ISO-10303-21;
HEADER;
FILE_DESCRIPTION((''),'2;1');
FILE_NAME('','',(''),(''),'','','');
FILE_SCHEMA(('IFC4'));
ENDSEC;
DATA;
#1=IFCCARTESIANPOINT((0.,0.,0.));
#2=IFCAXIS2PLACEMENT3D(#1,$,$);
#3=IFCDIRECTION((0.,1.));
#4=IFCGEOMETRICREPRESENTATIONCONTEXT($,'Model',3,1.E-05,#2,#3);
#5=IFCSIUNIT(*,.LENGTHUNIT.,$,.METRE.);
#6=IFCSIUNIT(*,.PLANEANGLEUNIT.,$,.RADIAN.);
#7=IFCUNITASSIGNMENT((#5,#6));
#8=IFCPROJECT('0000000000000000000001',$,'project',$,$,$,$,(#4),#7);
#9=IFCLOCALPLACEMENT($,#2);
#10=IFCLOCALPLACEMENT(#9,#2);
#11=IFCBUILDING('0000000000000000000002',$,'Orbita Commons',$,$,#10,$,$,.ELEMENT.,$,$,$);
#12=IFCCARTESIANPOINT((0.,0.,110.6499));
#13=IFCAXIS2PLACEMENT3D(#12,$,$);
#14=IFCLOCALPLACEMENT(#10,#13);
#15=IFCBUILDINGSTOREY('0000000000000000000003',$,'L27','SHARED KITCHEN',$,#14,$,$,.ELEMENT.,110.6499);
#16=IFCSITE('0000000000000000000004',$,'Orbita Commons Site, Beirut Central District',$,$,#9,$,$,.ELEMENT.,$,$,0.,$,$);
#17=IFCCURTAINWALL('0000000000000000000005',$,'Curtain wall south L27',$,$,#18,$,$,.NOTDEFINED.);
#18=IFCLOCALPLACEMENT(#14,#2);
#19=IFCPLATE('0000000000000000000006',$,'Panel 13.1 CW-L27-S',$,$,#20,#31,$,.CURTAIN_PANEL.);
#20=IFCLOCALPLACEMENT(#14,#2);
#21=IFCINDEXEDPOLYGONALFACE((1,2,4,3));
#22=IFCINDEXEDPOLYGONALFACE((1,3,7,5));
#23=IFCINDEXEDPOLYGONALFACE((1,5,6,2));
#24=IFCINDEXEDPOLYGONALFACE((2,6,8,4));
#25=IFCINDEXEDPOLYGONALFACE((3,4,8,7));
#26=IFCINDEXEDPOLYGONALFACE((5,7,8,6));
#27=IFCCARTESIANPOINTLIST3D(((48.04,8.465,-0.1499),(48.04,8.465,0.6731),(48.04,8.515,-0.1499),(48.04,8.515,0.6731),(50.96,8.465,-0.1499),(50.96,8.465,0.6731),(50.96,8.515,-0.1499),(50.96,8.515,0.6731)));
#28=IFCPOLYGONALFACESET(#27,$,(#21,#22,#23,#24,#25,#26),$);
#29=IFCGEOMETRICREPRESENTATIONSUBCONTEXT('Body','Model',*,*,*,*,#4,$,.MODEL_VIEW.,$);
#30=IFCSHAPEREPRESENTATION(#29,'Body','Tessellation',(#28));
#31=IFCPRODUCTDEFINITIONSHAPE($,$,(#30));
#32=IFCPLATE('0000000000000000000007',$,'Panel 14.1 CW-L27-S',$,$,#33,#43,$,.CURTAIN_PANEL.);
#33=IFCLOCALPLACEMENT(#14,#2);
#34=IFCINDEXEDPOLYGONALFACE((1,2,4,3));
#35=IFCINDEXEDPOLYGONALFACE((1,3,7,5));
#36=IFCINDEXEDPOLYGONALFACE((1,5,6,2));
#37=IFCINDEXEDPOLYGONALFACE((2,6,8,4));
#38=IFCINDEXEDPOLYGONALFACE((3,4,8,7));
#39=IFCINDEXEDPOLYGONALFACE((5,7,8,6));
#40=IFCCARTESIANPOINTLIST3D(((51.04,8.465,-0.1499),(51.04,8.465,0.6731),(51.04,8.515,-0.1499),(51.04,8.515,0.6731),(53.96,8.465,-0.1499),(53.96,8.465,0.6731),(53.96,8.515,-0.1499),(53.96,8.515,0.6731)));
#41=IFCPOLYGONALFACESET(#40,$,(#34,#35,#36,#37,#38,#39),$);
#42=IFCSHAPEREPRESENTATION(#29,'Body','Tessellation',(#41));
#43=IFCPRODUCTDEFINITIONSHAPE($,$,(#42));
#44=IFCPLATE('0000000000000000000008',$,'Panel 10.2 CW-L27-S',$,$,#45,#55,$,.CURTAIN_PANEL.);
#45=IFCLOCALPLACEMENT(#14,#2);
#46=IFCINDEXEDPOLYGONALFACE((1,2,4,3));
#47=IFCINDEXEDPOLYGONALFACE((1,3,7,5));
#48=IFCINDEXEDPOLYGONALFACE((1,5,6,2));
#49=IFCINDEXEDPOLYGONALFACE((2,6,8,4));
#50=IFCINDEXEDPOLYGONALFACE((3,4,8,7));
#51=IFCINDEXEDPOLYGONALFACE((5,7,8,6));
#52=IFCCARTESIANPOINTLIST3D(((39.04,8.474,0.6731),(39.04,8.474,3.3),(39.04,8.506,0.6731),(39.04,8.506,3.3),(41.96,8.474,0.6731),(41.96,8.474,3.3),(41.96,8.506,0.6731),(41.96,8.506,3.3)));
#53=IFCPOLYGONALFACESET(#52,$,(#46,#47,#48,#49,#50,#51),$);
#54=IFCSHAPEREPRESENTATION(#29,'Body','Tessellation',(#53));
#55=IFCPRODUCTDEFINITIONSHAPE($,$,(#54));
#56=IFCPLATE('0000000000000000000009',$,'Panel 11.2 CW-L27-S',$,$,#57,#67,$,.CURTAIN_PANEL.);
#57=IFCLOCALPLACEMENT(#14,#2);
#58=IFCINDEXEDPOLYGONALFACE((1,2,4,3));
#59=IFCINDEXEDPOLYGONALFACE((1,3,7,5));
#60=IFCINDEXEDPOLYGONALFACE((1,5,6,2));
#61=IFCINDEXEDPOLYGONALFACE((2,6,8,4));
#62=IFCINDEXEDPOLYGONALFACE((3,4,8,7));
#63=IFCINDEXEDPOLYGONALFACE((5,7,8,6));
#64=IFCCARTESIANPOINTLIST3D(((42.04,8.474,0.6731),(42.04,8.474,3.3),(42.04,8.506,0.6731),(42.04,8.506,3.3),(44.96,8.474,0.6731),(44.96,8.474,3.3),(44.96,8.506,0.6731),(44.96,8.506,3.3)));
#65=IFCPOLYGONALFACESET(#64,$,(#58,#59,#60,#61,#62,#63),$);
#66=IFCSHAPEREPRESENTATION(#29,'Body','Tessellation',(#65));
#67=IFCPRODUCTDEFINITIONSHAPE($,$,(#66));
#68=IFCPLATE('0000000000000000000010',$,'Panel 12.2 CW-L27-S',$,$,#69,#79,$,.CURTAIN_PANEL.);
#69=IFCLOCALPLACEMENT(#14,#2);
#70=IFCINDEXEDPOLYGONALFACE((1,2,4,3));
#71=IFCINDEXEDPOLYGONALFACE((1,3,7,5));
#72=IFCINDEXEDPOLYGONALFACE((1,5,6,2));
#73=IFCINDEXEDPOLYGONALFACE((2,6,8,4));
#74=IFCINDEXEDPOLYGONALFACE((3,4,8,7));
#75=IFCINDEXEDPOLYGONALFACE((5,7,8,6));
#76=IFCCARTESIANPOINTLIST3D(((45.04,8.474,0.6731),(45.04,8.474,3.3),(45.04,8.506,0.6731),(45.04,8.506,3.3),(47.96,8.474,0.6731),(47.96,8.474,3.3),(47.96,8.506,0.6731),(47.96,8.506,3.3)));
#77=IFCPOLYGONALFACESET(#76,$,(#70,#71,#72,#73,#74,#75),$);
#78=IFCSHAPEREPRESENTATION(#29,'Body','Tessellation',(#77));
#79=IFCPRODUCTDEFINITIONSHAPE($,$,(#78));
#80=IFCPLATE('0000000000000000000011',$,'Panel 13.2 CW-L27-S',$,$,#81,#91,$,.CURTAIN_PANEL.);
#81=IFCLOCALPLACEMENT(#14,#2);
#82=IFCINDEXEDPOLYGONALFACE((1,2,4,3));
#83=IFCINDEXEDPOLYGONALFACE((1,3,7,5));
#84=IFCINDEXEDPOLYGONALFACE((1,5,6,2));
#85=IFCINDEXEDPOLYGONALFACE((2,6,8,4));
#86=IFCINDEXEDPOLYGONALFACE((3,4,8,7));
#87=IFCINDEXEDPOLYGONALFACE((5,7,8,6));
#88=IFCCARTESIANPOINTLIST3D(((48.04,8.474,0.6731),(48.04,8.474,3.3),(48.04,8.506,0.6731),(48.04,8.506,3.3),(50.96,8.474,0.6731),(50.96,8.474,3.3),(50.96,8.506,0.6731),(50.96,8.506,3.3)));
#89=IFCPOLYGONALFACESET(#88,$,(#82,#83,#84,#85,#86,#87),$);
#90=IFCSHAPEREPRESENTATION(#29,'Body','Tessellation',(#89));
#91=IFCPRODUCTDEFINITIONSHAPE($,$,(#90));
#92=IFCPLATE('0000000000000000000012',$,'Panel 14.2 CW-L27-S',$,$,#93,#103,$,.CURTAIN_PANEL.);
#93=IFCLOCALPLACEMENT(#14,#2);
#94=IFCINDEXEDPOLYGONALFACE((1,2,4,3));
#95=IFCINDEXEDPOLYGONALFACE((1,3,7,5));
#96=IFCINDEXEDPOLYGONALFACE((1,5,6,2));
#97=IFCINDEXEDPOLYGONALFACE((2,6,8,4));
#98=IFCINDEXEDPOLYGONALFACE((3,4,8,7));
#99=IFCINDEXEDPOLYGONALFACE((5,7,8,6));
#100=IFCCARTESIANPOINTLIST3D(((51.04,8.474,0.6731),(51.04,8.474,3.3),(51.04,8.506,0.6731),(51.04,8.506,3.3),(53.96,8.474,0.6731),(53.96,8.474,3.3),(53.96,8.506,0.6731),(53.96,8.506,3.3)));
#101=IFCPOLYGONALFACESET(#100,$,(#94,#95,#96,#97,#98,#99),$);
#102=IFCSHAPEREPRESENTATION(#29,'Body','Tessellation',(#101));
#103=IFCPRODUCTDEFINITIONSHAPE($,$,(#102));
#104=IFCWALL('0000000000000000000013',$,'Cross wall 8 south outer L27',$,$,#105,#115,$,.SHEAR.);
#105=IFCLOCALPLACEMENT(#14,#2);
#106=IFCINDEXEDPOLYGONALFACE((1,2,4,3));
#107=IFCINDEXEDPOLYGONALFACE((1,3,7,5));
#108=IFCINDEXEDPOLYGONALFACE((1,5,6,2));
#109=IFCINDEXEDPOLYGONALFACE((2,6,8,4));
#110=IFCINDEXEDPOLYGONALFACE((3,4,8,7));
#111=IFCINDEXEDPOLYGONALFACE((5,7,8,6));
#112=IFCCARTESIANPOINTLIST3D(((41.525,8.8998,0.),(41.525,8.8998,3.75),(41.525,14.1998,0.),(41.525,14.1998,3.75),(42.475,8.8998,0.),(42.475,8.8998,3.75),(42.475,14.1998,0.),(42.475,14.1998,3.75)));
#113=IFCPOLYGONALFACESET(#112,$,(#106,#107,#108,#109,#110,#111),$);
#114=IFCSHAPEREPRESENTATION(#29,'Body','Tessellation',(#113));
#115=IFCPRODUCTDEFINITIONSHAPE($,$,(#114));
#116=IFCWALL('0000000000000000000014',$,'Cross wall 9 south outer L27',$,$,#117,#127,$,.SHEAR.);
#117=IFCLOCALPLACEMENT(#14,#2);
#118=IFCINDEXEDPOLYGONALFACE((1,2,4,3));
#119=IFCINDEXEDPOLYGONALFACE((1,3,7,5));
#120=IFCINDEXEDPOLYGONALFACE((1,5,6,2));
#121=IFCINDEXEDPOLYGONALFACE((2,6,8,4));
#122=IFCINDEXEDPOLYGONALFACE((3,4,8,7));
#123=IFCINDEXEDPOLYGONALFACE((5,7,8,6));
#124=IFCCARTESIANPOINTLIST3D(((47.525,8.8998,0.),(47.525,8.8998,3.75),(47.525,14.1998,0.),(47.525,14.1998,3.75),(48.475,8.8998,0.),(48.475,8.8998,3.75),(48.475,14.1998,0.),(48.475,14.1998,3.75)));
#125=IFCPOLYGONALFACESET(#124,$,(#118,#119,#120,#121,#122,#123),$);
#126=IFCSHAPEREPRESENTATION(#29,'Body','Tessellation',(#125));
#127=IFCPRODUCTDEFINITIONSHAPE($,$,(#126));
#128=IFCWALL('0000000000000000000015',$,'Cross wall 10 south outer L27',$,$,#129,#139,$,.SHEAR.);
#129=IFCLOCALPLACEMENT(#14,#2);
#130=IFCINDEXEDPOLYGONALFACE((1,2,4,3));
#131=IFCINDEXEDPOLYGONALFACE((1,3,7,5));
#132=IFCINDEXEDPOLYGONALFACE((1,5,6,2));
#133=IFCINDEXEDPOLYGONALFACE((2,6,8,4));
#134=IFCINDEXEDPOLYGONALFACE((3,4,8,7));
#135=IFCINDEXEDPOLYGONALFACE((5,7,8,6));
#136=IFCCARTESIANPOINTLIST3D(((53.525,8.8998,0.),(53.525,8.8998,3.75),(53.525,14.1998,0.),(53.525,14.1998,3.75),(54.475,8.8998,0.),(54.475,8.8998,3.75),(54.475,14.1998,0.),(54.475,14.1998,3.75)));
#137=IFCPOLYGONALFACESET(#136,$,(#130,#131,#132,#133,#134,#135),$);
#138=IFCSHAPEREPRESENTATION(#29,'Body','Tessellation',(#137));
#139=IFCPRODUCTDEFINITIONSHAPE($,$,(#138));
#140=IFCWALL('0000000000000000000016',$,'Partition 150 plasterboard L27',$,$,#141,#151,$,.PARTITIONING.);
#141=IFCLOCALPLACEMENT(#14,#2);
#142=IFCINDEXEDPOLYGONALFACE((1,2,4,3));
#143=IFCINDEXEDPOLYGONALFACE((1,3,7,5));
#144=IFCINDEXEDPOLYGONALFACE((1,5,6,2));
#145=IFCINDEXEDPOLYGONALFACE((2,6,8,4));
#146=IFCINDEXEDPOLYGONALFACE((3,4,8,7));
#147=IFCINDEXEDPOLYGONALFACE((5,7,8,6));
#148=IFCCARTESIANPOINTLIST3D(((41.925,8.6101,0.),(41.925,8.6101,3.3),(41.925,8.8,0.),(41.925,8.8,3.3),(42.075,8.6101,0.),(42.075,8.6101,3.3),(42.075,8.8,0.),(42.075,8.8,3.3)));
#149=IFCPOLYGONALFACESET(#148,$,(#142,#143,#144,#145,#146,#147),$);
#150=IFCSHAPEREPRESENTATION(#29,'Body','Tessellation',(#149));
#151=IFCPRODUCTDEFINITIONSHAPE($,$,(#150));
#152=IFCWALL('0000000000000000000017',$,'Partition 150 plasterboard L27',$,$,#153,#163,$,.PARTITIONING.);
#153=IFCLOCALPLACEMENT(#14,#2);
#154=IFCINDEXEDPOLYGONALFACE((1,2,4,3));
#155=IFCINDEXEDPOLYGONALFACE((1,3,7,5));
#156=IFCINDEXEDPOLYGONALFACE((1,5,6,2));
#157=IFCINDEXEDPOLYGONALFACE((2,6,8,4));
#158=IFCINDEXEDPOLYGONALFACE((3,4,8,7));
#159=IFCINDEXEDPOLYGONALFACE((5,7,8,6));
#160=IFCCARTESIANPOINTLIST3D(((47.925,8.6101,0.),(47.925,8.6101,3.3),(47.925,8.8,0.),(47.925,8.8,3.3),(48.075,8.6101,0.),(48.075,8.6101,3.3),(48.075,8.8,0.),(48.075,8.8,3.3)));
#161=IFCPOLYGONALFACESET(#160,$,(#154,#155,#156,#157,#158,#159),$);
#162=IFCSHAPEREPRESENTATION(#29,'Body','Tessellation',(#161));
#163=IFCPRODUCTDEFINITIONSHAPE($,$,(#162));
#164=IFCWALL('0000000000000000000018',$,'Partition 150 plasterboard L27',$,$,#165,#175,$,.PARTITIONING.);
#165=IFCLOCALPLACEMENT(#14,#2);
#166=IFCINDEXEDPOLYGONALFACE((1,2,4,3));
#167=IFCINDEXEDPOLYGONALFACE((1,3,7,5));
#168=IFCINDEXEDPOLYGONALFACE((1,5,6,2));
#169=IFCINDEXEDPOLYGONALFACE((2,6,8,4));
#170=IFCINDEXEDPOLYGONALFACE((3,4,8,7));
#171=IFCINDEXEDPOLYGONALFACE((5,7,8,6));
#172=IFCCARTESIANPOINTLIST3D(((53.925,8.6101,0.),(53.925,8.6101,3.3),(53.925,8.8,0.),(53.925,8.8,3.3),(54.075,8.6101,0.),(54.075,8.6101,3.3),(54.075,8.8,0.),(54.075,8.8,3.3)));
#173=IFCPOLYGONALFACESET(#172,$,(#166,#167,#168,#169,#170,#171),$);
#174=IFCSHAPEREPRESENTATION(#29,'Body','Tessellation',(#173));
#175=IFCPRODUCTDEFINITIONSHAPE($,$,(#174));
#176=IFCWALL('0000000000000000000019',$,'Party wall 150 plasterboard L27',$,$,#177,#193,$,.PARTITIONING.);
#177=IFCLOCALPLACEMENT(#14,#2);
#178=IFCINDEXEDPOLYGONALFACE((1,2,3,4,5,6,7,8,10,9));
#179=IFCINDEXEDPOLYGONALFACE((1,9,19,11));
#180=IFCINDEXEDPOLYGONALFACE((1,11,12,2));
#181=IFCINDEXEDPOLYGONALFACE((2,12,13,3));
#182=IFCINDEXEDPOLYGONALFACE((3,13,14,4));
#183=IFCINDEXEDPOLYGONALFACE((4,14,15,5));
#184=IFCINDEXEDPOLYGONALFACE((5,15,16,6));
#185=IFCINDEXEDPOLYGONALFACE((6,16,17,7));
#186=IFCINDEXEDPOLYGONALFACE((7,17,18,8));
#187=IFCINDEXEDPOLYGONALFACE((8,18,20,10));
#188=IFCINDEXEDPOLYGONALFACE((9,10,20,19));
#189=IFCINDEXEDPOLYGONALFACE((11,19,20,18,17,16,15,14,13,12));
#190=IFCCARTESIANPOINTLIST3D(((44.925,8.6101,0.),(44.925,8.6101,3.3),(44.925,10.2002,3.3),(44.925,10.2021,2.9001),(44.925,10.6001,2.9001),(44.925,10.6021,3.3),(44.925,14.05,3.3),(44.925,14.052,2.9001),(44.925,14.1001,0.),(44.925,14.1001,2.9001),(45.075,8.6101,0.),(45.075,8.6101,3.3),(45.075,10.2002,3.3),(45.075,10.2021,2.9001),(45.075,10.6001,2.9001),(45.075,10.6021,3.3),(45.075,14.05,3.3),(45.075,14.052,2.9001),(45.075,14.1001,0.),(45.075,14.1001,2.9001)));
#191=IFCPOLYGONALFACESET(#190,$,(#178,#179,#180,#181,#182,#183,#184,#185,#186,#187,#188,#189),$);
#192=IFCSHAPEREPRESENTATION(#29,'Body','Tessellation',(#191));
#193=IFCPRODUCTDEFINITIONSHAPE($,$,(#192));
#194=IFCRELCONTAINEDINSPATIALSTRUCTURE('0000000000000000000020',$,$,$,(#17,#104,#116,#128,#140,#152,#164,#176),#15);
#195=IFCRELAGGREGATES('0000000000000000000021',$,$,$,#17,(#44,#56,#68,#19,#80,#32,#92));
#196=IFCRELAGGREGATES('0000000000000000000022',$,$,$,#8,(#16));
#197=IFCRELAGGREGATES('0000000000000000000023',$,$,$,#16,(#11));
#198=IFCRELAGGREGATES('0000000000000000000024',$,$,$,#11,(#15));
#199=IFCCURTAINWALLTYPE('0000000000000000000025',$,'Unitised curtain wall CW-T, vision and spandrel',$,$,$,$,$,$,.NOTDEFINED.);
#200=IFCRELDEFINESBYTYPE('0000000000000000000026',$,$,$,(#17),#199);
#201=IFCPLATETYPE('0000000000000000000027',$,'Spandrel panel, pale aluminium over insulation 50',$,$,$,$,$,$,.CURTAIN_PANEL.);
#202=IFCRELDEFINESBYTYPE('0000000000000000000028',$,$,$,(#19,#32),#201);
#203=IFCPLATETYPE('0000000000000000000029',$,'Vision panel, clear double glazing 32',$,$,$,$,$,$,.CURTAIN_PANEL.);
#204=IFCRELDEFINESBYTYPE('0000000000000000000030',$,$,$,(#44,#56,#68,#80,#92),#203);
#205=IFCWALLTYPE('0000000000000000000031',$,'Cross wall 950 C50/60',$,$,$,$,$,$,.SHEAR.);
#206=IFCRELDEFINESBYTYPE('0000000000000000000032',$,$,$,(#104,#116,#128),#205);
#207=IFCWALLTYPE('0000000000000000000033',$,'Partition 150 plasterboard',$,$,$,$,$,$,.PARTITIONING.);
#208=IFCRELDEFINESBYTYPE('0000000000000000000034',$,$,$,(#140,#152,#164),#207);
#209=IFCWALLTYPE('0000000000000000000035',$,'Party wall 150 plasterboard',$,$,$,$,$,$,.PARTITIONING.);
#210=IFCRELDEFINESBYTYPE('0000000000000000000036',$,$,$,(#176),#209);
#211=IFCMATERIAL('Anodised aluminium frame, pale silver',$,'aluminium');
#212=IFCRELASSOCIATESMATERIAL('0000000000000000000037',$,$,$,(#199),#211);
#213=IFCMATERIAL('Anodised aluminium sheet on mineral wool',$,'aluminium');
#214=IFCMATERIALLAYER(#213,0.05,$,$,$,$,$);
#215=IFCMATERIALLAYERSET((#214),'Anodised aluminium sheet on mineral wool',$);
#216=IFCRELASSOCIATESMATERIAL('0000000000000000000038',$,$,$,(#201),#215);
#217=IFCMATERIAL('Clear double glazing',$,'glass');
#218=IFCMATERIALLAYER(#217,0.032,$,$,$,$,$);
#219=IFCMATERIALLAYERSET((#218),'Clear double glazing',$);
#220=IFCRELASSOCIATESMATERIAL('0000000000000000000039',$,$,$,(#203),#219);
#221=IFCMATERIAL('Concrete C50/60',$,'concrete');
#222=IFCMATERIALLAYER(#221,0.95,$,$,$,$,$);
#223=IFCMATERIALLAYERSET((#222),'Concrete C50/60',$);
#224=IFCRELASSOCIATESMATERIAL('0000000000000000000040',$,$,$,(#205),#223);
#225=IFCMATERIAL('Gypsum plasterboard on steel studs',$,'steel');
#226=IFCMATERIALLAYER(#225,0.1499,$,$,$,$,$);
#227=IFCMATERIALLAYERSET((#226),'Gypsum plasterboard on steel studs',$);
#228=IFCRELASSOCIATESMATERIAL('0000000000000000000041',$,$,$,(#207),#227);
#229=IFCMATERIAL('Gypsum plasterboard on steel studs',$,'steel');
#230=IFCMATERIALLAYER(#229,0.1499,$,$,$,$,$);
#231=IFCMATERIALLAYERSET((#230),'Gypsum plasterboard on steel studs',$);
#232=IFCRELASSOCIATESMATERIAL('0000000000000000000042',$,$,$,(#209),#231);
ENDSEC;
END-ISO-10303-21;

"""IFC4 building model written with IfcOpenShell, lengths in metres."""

from ifc_helpers import new_model, si_unit, direction, frame, frame_2d, origin, origin_2d, place, context, subcontext, project, spatial, polyline, rectangle, outline, extrude, material, layer, layer_set, type_object, element, aggregate, save


model = new_model("IFC4")

# Units and contexts
model_context = context("Model", 3, precision=1e-05, world=origin(), true_north=direction((0.0, 1.0)))
body_context = subcontext(model_context, "Body", "Model", "MODEL_VIEW")
ifc_project = project(units=[si_unit("LENGTHUNIT", "METRE"), si_unit("PLANEANGLEUNIT", "RADIAN")], contexts=[model_context])

# Site, building, storey
site_placement = place(None, origin())
site = spatial("IfcSite", under=ifc_project, at=site_placement, Name="Orbita Commons Site, Beirut Central District", CompositionType="ELEMENT", RefElevation=0.0)
building_placement = place(site_placement, origin())
building = spatial("IfcBuilding", under=site, at=building_placement, Name="Orbita Commons", CompositionType="ELEMENT")
storey_placement = place(building_placement, frame((0.0, 0.0, 110.6499)))
storey = spatial("IfcBuildingStorey", under=building, at=storey_placement, Name="L27", Description="SHARED KITCHEN", CompositionType="ELEMENT", Elevation=110.6499)

# Curtain wall, plates
ifc_material_1 = material(Name="Anodised aluminium frame, pale silver", Category="aluminium")
curtain_wall_type = type_object("IfcCurtainWallType", Name="Unitised curtain wall CW-T, vision and spandrel", PredefinedType="NOTDEFINED", material=ifc_material_1)
curtain_wall_placement = place(storey_placement, origin())
curtain_wall = element("IfcCurtainWall", 1, at=curtain_wall_placement, inside=storey, type_object=curtain_wall_type, Name="Curtain wall south L27", PredefinedType="NOTDEFINED")
ifc_material_2 = material(Name="Anodised aluminium sheet on mineral wool", Category="aluminium")
ifc_layer_1 = layer(ifc_material_2, 0.05)
ifc_layer_set_1 = layer_set([ifc_layer_1], Name="Anodised aluminium sheet on mineral wool")
plate_type_1 = type_object("IfcPlateType", Name="Spandrel panel, pale aluminium over insulation 50", PredefinedType="CURTAIN_PANEL", material=ifc_layer_set_1)
plate_1_placement = place(storey_placement, frame((49.5, 8.49, -0.1499), z_axis=(0.0, 0.0, 1.0), x_axis=(1.0, 0.0, 0.0)))
plate_1 = element("IfcPlate", 2, at=plate_1_placement, type_object=plate_type_1, Name="Panel 13.1 CW-L27-S", PredefinedType="CURTAIN_PANEL", context=body_context, shape_type="SweptSolid", body=[
    extrude(rectangle(XDim=2.9199, YDim=0.05, at=origin_2d()), origin(), (0.0, 0.0, 1.0), 0.823),
])
plate_2_placement = place(storey_placement, frame((52.5, 8.49, -0.1499), z_axis=(0.0, 0.0, 1.0), x_axis=(1.0, 0.0, 0.0)))
plate_2 = element("IfcPlate", 3, at=plate_2_placement, type_object=plate_type_1, Name="Panel 14.1 CW-L27-S", PredefinedType="CURTAIN_PANEL", context=body_context, shape_type="SweptSolid", body=[
    extrude(rectangle(XDim=2.9199, YDim=0.05, at=origin_2d()), origin(), (0.0, 0.0, 1.0), 0.823),
])
ifc_material_3 = material(Name="Clear double glazing", Category="glass")
ifc_layer_2 = layer(ifc_material_3, 0.032)
ifc_layer_set_2 = layer_set([ifc_layer_2], Name="Clear double glazing")
plate_type_2 = type_object("IfcPlateType", Name="Vision panel, clear double glazing 32", PredefinedType="CURTAIN_PANEL", material=ifc_layer_set_2)
plate_3_placement = place(storey_placement, frame((40.5, 8.49, 0.6731), z_axis=(0.0, 0.0, 1.0), x_axis=(1.0, 0.0, 0.0)))
plate_3 = element("IfcPlate", 4, at=plate_3_placement, type_object=plate_type_2, Name="Panel 10.2 CW-L27-S", PredefinedType="CURTAIN_PANEL", context=body_context, shape_type="SweptSolid", body=[
    extrude(rectangle(XDim=2.9199, YDim=0.032, at=origin_2d()), origin(), (0.0, 0.0, 1.0), 2.627),
])
plate_4_placement = place(storey_placement, frame((43.5, 8.49, 0.6731), z_axis=(0.0, 0.0, 1.0), x_axis=(1.0, 0.0, 0.0)))
plate_4 = element("IfcPlate", 5, at=plate_4_placement, type_object=plate_type_2, Name="Panel 11.2 CW-L27-S", PredefinedType="CURTAIN_PANEL", context=body_context, shape_type="SweptSolid", body=[
    extrude(rectangle(XDim=2.9199, YDim=0.032, at=origin_2d()), origin(), (0.0, 0.0, 1.0), 2.627),
])
plate_5_placement = place(storey_placement, frame((46.5, 8.49, 0.6731), z_axis=(0.0, 0.0, 1.0), x_axis=(1.0, 0.0, 0.0)))
plate_5 = element("IfcPlate", 6, at=plate_5_placement, type_object=plate_type_2, Name="Panel 12.2 CW-L27-S", PredefinedType="CURTAIN_PANEL", context=body_context, shape_type="SweptSolid", body=[
    extrude(rectangle(XDim=2.9199, YDim=0.032, at=origin_2d()), origin(), (0.0, 0.0, 1.0), 2.627),
])
plate_6_placement = place(storey_placement, frame((49.5, 8.49, 0.6731), z_axis=(0.0, 0.0, 1.0), x_axis=(1.0, 0.0, 0.0)))
plate_6 = element("IfcPlate", 7, at=plate_6_placement, type_object=plate_type_2, Name="Panel 13.2 CW-L27-S", PredefinedType="CURTAIN_PANEL", context=body_context, shape_type="SweptSolid", body=[
    extrude(rectangle(XDim=2.9199, YDim=0.032, at=origin_2d()), origin(), (0.0, 0.0, 1.0), 2.627),
])
plate_7_placement = place(storey_placement, frame((52.5, 8.49, 0.6731), z_axis=(0.0, 0.0, 1.0), x_axis=(1.0, 0.0, 0.0)))
plate_7 = element("IfcPlate", 8, at=plate_7_placement, type_object=plate_type_2, Name="Panel 14.2 CW-L27-S", PredefinedType="CURTAIN_PANEL", context=body_context, shape_type="SweptSolid", body=[
    extrude(rectangle(XDim=2.9199, YDim=0.032, at=origin_2d()), origin(), (0.0, 0.0, 1.0), 2.627),
])
aggregate(curtain_wall, [plate_3, plate_4, plate_5, plate_1, plate_6, plate_2, plate_7])

# Walls
ifc_material_4 = material(Name="Concrete C50/60", Category="concrete")
ifc_layer_3 = layer(ifc_material_4, 0.95)
ifc_layer_set_3 = layer_set([ifc_layer_3], Name="Concrete C50/60")
wall_type_1 = type_object("IfcWallType", Name="Cross wall 950 C50/60", PredefinedType="SHEAR", material=ifc_layer_set_3)
for number, where, z_axis, x_axis, name in (
    (9, (42.0, 8.8999, 0.0), (0.0, 0.0, 1.0), (0.0, 1.0, 0.0), "Cross wall 8 south outer L27"),
    (10, (48.0, 8.8999, 0.0), (0.0, 0.0, 1.0), (0.0, 1.0, 0.0), "Cross wall 9 south outer L27"),
    (11, (54.0, 8.8999, 0.0), (0.0, 0.0, 1.0), (0.0, 1.0, 0.0), "Cross wall 10 south outer L27"),
):
    element("IfcWall", number, at=place(storey_placement, frame(where, z_axis=z_axis, x_axis=x_axis)), inside=storey, type_object=wall_type_1, Name=name, PredefinedType="SHEAR", context=body_context, shape_type="SweptSolid", body=[
        extrude(rectangle(XDim=5.3, YDim=0.95, at=frame_2d((2.6499, 0.0))), origin(), (0.0, 0.0, 1.0), 3.75),
    ])
ifc_material_5 = material(Name="Gypsum plasterboard on steel studs", Category="steel")
ifc_layer_4 = layer(ifc_material_5, 0.1499)
ifc_layer_set_4 = layer_set([ifc_layer_4], Name="Gypsum plasterboard on steel studs")
wall_type_2 = type_object("IfcWallType", Name="Partition 150 plasterboard", PredefinedType="PARTITIONING", material=ifc_layer_set_4)
for number, where, z_axis, x_axis, name in (
    (12, (42.0, 8.8, 0.0), (0.0, 0.0, 1.0), (0.0, -1.0, 0.0), "Partition 150 plasterboard L27"),
    (13, (48.0, 8.8, 0.0), (0.0, 0.0, 1.0), (0.0, -1.0, 0.0), "Partition 150 plasterboard L27"),
    (14, (54.0, 8.8, 0.0), (0.0, 0.0, 1.0), (0.0, -1.0, 0.0), "Partition 150 plasterboard L27"),
):
    element("IfcWall", number, at=place(storey_placement, frame(where, z_axis=z_axis, x_axis=x_axis)), inside=storey, type_object=wall_type_2, Name=name, PredefinedType="PARTITIONING", context=body_context, shape_type="SweptSolid", body=[
        extrude(rectangle(XDim=0.1899, YDim=0.1499, at=frame_2d((0.095, 0.0))), origin(), (0.0, 0.0, 1.0), 3.3),
    ])
ifc_material_6 = material(Name="Gypsum plasterboard on steel studs", Category="steel")
ifc_layer_5 = layer(ifc_material_6, 0.1499)
ifc_layer_set_5 = layer_set([ifc_layer_5], Name="Gypsum plasterboard on steel studs")
wall_type_3 = type_object("IfcWallType", Name="Party wall 150 plasterboard", PredefinedType="PARTITIONING", material=ifc_layer_set_5)
for number, where, z_axis, x_axis, name in (
    (15, (45.0, 8.6101, 0.0), (0.0, 0.0, 1.0), (0.0, 1.0, 0.0), "Party wall 150 plasterboard L27"),
):
    element("IfcWall", number, at=place(storey_placement, frame(where, z_axis=z_axis, x_axis=x_axis)), inside=storey, type_object=wall_type_3, Name=name, PredefinedType="PARTITIONING", context=body_context, shape_type="SweptSolid", body=[
        extrude(outline(polyline([(0.0, 0.0), (5.49, 0.0), (5.49, 2.9001), (5.4419, 2.9001), (5.4399, 3.3), (1.9919, 3.3), (1.99, 2.9001), (1.592, 2.9001), (1.5901, 3.3), (0.0, 3.3), (0.0, 0.0)])), frame((0.0, 0.075, 0.0), z_axis=(0.0, -1.0, 0.0), x_axis=(1.0, 0.0, 0.0)), (0.0, 0.0, 1.0), 0.1499),
    ])

save(model, "model.ifc")
